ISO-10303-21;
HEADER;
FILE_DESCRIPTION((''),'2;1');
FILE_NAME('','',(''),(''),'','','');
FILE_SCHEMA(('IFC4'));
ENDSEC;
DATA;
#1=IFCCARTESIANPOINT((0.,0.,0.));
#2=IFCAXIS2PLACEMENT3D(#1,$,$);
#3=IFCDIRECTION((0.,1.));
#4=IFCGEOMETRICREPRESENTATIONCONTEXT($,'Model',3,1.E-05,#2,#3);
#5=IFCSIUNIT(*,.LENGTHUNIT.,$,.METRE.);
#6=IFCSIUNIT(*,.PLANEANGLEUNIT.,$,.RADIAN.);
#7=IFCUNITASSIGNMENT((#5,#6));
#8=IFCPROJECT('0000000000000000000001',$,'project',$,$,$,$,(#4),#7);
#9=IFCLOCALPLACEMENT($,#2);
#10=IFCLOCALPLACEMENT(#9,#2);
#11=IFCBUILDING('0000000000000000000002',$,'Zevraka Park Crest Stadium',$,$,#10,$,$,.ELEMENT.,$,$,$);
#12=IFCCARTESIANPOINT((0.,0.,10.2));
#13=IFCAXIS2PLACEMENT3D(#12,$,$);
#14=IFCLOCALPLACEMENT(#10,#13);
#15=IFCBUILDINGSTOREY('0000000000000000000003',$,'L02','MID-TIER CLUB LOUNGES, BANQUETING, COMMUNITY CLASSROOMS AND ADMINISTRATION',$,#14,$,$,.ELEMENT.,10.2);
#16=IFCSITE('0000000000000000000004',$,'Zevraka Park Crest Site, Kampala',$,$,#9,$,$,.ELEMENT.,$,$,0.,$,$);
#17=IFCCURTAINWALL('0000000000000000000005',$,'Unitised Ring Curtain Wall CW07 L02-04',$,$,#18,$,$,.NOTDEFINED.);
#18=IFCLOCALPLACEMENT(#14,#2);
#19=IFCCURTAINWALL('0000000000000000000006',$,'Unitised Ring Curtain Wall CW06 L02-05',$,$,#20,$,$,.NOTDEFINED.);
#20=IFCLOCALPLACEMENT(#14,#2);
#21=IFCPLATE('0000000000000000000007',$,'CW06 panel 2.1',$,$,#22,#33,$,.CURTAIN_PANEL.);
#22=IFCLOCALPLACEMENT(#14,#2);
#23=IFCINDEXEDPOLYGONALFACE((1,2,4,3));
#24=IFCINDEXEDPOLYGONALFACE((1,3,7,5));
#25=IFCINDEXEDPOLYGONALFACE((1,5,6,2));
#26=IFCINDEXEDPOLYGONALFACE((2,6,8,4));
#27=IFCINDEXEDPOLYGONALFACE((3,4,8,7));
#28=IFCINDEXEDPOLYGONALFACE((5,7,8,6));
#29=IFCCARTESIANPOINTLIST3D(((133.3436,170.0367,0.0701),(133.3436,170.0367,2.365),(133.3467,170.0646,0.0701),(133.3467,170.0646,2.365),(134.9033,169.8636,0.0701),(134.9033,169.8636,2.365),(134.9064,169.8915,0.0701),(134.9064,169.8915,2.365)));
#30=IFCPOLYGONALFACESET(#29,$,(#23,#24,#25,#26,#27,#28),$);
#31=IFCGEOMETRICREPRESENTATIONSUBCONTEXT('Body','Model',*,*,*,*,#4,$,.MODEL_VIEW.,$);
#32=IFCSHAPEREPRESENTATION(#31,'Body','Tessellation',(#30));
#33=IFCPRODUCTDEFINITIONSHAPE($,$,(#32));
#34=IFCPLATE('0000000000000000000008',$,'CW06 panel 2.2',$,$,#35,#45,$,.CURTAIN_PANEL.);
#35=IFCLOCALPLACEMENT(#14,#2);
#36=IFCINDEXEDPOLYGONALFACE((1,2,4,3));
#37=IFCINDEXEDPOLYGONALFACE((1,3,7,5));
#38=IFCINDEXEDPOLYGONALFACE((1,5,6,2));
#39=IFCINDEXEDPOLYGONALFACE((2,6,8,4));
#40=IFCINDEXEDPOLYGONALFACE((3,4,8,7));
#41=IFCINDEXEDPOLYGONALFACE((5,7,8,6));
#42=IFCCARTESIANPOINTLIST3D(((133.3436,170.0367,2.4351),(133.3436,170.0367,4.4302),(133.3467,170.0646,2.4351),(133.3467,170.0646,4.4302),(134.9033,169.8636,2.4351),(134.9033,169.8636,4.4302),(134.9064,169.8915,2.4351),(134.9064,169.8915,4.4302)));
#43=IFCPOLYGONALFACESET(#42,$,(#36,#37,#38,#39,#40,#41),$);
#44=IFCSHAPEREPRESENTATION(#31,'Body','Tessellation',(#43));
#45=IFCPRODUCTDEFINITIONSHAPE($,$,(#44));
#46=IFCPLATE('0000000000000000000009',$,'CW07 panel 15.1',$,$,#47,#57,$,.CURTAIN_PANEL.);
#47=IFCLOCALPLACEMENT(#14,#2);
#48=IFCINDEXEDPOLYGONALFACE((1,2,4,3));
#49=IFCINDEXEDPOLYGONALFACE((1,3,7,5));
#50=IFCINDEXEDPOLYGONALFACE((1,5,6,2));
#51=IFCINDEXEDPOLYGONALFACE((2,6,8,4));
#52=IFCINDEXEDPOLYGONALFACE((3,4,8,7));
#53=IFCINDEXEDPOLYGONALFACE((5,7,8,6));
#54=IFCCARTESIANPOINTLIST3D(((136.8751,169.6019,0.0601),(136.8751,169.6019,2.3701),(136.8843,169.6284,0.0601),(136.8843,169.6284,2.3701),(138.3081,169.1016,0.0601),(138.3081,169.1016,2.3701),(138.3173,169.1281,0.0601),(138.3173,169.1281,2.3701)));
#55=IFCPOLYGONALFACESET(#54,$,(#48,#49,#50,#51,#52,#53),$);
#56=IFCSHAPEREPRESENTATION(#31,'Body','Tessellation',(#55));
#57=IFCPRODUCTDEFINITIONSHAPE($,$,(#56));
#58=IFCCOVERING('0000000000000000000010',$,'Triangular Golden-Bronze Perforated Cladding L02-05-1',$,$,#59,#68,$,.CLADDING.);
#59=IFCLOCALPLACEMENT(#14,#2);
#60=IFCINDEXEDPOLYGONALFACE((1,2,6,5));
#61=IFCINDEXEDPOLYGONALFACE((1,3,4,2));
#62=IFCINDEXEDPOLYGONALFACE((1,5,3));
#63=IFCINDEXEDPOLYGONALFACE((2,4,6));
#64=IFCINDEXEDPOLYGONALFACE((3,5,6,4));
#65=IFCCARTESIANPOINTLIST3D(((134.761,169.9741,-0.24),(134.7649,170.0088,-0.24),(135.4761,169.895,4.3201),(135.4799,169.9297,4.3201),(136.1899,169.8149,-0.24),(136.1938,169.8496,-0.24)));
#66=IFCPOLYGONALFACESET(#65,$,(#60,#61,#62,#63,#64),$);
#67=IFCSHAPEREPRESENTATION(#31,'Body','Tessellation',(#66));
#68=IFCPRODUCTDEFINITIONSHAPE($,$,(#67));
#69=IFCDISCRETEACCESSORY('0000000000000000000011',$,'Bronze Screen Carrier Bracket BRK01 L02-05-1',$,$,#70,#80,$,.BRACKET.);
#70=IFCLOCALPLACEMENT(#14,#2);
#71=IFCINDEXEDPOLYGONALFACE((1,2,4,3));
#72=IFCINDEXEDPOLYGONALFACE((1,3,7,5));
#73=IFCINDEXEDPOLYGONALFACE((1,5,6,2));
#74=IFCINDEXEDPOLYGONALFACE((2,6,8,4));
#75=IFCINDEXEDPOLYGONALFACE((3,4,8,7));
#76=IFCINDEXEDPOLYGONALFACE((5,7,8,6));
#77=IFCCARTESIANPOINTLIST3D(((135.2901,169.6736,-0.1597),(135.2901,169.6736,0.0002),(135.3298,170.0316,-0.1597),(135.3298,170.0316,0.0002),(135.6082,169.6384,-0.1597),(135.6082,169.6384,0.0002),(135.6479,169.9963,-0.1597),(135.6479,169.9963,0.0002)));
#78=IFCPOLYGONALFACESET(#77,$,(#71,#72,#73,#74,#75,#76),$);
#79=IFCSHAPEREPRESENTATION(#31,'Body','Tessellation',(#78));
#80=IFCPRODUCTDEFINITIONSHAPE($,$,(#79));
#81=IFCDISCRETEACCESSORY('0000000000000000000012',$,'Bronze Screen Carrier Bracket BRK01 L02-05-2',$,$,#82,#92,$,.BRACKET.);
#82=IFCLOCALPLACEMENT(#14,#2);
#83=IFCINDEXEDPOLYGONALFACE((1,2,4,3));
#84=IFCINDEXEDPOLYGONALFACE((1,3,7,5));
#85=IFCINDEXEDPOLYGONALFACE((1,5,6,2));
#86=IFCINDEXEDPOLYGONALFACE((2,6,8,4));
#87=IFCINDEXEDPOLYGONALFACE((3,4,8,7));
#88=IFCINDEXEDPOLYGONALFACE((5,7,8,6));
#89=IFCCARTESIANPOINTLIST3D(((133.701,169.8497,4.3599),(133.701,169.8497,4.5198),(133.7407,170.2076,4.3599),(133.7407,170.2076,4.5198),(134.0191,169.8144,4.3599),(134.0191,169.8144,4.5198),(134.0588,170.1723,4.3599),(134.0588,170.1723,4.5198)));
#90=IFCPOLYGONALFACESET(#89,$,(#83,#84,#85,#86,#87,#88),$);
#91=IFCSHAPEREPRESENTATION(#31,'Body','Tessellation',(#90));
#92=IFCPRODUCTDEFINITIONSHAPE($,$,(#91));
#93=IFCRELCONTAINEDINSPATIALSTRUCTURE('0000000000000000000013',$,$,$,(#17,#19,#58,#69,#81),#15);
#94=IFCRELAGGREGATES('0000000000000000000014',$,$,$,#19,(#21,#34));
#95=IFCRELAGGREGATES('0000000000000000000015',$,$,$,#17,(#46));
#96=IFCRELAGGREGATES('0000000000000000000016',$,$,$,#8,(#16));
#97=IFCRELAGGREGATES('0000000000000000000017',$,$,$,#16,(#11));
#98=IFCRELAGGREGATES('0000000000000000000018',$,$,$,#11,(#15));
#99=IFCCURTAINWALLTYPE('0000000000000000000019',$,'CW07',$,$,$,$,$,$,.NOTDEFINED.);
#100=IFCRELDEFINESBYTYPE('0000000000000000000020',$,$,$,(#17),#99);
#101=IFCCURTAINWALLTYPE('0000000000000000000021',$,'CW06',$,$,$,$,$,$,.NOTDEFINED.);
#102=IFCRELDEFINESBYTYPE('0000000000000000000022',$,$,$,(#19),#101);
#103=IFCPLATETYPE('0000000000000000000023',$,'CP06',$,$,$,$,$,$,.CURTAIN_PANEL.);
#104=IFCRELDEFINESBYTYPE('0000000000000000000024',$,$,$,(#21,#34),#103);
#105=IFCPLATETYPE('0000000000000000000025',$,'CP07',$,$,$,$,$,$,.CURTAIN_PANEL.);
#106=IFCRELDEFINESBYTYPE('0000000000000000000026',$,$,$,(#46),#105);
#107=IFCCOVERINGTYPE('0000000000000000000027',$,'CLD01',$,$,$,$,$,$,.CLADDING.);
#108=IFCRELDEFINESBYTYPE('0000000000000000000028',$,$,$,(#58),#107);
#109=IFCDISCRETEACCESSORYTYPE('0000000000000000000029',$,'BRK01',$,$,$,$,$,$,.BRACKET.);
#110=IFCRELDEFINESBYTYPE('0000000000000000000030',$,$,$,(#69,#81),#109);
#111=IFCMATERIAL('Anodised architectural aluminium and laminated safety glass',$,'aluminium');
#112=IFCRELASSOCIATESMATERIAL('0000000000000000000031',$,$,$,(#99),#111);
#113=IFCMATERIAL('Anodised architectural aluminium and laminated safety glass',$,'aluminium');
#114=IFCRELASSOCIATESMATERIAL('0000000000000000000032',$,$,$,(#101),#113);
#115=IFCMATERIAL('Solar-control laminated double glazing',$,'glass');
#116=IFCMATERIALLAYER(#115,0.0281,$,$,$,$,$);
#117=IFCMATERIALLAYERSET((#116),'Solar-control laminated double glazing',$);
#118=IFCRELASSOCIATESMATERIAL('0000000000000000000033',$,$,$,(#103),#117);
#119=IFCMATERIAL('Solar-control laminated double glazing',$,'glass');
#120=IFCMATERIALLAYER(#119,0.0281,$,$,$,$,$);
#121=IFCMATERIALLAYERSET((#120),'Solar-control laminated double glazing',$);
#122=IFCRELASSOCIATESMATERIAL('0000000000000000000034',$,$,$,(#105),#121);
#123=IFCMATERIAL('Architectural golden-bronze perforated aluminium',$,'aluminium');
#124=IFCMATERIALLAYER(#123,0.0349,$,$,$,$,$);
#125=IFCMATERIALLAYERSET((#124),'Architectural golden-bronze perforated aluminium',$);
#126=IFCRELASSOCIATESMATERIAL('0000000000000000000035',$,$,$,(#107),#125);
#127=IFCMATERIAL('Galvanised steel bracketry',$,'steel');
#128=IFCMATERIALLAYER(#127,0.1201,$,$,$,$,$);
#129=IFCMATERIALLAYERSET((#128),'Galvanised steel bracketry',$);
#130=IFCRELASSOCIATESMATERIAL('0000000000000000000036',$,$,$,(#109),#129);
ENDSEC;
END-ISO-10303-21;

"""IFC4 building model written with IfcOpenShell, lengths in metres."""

from ifc_helpers import new_model, si_unit, direction, frame, origin, origin_2d, place, context, subcontext, project, spatial, polyline, rectangle, outline, extrude, material, layer, layer_set, type_object, element, aggregate, save


model = new_model("IFC4")

# Units and contexts
model_context = context("Model", 3, precision=1e-05, world=origin(), true_north=direction((0.0, 1.0)))
body_context = subcontext(model_context, "Body", "Model", "MODEL_VIEW")
ifc_project = project(units=[si_unit("LENGTHUNIT", "METRE"), si_unit("PLANEANGLEUNIT", "RADIAN")], contexts=[model_context])

# Site, building, storey
site_placement = place(None, origin())
site = spatial("IfcSite", under=ifc_project, at=site_placement, Name="Zevraka Park Crest Site, Kampala", CompositionType="ELEMENT", RefElevation=0.0)
building_placement = place(site_placement, origin())
building = spatial("IfcBuilding", under=site, at=building_placement, Name="Zevraka Park Crest Stadium", CompositionType="ELEMENT")
storey_placement = place(building_placement, frame((0.0, 0.0, 10.2)))
storey = spatial("IfcBuildingStorey", under=building, at=storey_placement, Name="L02", Description="MID-TIER CLUB LOUNGES, BANQUETING, COMMUNITY CLASSROOMS AND ADMINISTRATION", CompositionType="ELEMENT", Elevation=10.2)

# Curtain wall
ifc_material_1 = material(Name="Anodised architectural aluminium and laminated safety glass", Category="aluminium")
curtain_wall_type_1 = type_object("IfcCurtainWallType", Name="CW07", PredefinedType="NOTDEFINED", material=ifc_material_1)
curtain_wall_1_placement = place(storey_placement, origin())
curtain_wall_1 = element("IfcCurtainWall", 1, at=curtain_wall_1_placement, inside=storey, type_object=curtain_wall_type_1, Name="Unitised Ring Curtain Wall CW07 L02-04", PredefinedType="NOTDEFINED")

# Curtain wall, plates
ifc_material_2 = material(Name="Anodised architectural aluminium and laminated safety glass", Category="aluminium")
curtain_wall_type_2 = type_object("IfcCurtainWallType", Name="CW06", PredefinedType="NOTDEFINED", material=ifc_material_2)
curtain_wall_2_placement = place(storey_placement, origin())
curtain_wall_2 = element("IfcCurtainWall", 2, at=curtain_wall_2_placement, inside=storey, type_object=curtain_wall_type_2, Name="Unitised Ring Curtain Wall CW06 L02-05", PredefinedType="NOTDEFINED")
ifc_material_3 = material(Name="Solar-control laminated double glazing", Category="glass")
ifc_layer_1 = layer(ifc_material_3, 0.0281)
ifc_layer_set_1 = layer_set([ifc_layer_1], Name="Solar-control laminated double glazing")
plate_type_1 = type_object("IfcPlateType", Name="CP06", PredefinedType="CURTAIN_PANEL", material=ifc_layer_set_1)
plate_1_placement = place(storey_placement, frame((134.125, 169.9641, 0.0701), z_axis=(0.0, 0.0, 1.0), x_axis=(-0.993899, 0.110293, 0.0)))
plate_1 = element("IfcPlate", 3, at=plate_1_placement, type_object=plate_type_1, Name="CW06 panel 2.1", PredefinedType="CURTAIN_PANEL", context=body_context, shape_type="SweptSolid", body=[
    extrude(rectangle(XDim=1.5693, YDim=0.0281, at=origin_2d()), origin(), (0.0, 0.0, 1.0), 2.2949),
])
plate_2_placement = place(storey_placement, frame((134.125, 169.9641, 2.4351), z_axis=(0.0, 0.0, 1.0), x_axis=(-0.993899, 0.110293, 0.0)))
plate_2 = element("IfcPlate", 4, at=plate_2_placement, type_object=plate_type_1, Name="CW06 panel 2.2", PredefinedType="CURTAIN_PANEL", context=body_context, shape_type="SweptSolid", body=[
    extrude(rectangle(XDim=1.5693, YDim=0.0281, at=origin_2d()), origin(), (0.0, 0.0, 1.0), 1.9951),
])
aggregate(curtain_wall_2, [plate_1, plate_2])

# Plate
ifc_material_4 = material(Name="Solar-control laminated double glazing", Category="glass")
ifc_layer_2 = layer(ifc_material_4, 0.0281)
ifc_layer_set_2 = layer_set([ifc_layer_2], Name="Solar-control laminated double glazing")
plate_type_2 = type_object("IfcPlateType", Name="CP07", PredefinedType="CURTAIN_PANEL", material=ifc_layer_set_2)
plate_3_placement = place(storey_placement, frame((137.5962, 169.365, 0.0601), z_axis=(0.0, 0.0, 1.0), x_axis=(-0.944114, 0.329619, 0.0)))
plate_3 = element("IfcPlate", 5, at=plate_3_placement, type_object=plate_type_2, Name="CW07 panel 15.1", PredefinedType="CURTAIN_PANEL", context=body_context, shape_type="SweptSolid", body=[
    extrude(rectangle(XDim=1.5178, YDim=0.0281, at=origin_2d()), origin(), (0.0, 0.0, 1.0), 2.3101),
])
aggregate(curtain_wall_1, [plate_3])

# Covering
ifc_material_5 = material(Name="Architectural golden-bronze perforated aluminium", Category="aluminium")
ifc_layer_3 = layer(ifc_material_5, 0.0349)
ifc_layer_set_3 = layer_set([ifc_layer_3], Name="Architectural golden-bronze perforated aluminium")
covering_type = type_object("IfcCoveringType", Name="CLD01", PredefinedType="CLADDING", material=ifc_layer_set_3)
covering_placement = place(storey_placement, frame((136.1899, 169.8149, -0.24), z_axis=(-0.110711, -0.993853, 0.000121), x_axis=(-0.993853, 0.110711, 0.0)))
element("IfcCovering", 6, at=covering_placement, inside=storey, type_object=covering_type, Name="Triangular Golden-Bronze Perforated Cladding L02-05-1", PredefinedType="CLADDING", context=body_context, shape_type="SweptSolid", body=[
    extrude(outline(polyline([(0.0, 0.0), (1.4378, 0.0), (0.7183, -4.5601), (0.0, 0.0)])), origin(), (0.0, 0.0, -1.0), 0.0349),
])

# Discrete accessories
ifc_material_6 = material(Name="Galvanised steel bracketry", Category="steel")
ifc_layer_4 = layer(ifc_material_6, 0.1201)
ifc_layer_set_4 = layer_set([ifc_layer_4], Name="Galvanised steel bracketry")
discrete_accessory_type = type_object("IfcDiscreteAccessoryType", Name="BRK01", PredefinedType="BRACKET", material=ifc_layer_set_4)
for number, where, z_axis, x_axis, name in (
    (7, (135.469, 169.835, -0.1597), (0.0, 0.0, 1.0), (-0.993903, 0.110255, 0.0), "Bronze Screen Carrier Bracket BRK01 L02-05-1"),
    (8, (133.8799, 170.011, 4.3599), (0.0, 0.0, 1.0), (-0.993903, 0.110255, 0.0), "Bronze Screen Carrier Bracket BRK01 L02-05-2"),
):
    element("IfcDiscreteAccessory", number, at=place(storey_placement, frame(where, z_axis=z_axis, x_axis=x_axis)), inside=storey, type_object=discrete_accessory_type, Name=name, PredefinedType="BRACKET", context=body_context, shape_type="SweptSolid", body=[
        extrude(rectangle(XDim=0.3201, YDim=0.3601, at=origin_2d()), origin(), (0.0, 0.0, 1.0), 0.1599),
    ])

save(model, "model.ifc")
